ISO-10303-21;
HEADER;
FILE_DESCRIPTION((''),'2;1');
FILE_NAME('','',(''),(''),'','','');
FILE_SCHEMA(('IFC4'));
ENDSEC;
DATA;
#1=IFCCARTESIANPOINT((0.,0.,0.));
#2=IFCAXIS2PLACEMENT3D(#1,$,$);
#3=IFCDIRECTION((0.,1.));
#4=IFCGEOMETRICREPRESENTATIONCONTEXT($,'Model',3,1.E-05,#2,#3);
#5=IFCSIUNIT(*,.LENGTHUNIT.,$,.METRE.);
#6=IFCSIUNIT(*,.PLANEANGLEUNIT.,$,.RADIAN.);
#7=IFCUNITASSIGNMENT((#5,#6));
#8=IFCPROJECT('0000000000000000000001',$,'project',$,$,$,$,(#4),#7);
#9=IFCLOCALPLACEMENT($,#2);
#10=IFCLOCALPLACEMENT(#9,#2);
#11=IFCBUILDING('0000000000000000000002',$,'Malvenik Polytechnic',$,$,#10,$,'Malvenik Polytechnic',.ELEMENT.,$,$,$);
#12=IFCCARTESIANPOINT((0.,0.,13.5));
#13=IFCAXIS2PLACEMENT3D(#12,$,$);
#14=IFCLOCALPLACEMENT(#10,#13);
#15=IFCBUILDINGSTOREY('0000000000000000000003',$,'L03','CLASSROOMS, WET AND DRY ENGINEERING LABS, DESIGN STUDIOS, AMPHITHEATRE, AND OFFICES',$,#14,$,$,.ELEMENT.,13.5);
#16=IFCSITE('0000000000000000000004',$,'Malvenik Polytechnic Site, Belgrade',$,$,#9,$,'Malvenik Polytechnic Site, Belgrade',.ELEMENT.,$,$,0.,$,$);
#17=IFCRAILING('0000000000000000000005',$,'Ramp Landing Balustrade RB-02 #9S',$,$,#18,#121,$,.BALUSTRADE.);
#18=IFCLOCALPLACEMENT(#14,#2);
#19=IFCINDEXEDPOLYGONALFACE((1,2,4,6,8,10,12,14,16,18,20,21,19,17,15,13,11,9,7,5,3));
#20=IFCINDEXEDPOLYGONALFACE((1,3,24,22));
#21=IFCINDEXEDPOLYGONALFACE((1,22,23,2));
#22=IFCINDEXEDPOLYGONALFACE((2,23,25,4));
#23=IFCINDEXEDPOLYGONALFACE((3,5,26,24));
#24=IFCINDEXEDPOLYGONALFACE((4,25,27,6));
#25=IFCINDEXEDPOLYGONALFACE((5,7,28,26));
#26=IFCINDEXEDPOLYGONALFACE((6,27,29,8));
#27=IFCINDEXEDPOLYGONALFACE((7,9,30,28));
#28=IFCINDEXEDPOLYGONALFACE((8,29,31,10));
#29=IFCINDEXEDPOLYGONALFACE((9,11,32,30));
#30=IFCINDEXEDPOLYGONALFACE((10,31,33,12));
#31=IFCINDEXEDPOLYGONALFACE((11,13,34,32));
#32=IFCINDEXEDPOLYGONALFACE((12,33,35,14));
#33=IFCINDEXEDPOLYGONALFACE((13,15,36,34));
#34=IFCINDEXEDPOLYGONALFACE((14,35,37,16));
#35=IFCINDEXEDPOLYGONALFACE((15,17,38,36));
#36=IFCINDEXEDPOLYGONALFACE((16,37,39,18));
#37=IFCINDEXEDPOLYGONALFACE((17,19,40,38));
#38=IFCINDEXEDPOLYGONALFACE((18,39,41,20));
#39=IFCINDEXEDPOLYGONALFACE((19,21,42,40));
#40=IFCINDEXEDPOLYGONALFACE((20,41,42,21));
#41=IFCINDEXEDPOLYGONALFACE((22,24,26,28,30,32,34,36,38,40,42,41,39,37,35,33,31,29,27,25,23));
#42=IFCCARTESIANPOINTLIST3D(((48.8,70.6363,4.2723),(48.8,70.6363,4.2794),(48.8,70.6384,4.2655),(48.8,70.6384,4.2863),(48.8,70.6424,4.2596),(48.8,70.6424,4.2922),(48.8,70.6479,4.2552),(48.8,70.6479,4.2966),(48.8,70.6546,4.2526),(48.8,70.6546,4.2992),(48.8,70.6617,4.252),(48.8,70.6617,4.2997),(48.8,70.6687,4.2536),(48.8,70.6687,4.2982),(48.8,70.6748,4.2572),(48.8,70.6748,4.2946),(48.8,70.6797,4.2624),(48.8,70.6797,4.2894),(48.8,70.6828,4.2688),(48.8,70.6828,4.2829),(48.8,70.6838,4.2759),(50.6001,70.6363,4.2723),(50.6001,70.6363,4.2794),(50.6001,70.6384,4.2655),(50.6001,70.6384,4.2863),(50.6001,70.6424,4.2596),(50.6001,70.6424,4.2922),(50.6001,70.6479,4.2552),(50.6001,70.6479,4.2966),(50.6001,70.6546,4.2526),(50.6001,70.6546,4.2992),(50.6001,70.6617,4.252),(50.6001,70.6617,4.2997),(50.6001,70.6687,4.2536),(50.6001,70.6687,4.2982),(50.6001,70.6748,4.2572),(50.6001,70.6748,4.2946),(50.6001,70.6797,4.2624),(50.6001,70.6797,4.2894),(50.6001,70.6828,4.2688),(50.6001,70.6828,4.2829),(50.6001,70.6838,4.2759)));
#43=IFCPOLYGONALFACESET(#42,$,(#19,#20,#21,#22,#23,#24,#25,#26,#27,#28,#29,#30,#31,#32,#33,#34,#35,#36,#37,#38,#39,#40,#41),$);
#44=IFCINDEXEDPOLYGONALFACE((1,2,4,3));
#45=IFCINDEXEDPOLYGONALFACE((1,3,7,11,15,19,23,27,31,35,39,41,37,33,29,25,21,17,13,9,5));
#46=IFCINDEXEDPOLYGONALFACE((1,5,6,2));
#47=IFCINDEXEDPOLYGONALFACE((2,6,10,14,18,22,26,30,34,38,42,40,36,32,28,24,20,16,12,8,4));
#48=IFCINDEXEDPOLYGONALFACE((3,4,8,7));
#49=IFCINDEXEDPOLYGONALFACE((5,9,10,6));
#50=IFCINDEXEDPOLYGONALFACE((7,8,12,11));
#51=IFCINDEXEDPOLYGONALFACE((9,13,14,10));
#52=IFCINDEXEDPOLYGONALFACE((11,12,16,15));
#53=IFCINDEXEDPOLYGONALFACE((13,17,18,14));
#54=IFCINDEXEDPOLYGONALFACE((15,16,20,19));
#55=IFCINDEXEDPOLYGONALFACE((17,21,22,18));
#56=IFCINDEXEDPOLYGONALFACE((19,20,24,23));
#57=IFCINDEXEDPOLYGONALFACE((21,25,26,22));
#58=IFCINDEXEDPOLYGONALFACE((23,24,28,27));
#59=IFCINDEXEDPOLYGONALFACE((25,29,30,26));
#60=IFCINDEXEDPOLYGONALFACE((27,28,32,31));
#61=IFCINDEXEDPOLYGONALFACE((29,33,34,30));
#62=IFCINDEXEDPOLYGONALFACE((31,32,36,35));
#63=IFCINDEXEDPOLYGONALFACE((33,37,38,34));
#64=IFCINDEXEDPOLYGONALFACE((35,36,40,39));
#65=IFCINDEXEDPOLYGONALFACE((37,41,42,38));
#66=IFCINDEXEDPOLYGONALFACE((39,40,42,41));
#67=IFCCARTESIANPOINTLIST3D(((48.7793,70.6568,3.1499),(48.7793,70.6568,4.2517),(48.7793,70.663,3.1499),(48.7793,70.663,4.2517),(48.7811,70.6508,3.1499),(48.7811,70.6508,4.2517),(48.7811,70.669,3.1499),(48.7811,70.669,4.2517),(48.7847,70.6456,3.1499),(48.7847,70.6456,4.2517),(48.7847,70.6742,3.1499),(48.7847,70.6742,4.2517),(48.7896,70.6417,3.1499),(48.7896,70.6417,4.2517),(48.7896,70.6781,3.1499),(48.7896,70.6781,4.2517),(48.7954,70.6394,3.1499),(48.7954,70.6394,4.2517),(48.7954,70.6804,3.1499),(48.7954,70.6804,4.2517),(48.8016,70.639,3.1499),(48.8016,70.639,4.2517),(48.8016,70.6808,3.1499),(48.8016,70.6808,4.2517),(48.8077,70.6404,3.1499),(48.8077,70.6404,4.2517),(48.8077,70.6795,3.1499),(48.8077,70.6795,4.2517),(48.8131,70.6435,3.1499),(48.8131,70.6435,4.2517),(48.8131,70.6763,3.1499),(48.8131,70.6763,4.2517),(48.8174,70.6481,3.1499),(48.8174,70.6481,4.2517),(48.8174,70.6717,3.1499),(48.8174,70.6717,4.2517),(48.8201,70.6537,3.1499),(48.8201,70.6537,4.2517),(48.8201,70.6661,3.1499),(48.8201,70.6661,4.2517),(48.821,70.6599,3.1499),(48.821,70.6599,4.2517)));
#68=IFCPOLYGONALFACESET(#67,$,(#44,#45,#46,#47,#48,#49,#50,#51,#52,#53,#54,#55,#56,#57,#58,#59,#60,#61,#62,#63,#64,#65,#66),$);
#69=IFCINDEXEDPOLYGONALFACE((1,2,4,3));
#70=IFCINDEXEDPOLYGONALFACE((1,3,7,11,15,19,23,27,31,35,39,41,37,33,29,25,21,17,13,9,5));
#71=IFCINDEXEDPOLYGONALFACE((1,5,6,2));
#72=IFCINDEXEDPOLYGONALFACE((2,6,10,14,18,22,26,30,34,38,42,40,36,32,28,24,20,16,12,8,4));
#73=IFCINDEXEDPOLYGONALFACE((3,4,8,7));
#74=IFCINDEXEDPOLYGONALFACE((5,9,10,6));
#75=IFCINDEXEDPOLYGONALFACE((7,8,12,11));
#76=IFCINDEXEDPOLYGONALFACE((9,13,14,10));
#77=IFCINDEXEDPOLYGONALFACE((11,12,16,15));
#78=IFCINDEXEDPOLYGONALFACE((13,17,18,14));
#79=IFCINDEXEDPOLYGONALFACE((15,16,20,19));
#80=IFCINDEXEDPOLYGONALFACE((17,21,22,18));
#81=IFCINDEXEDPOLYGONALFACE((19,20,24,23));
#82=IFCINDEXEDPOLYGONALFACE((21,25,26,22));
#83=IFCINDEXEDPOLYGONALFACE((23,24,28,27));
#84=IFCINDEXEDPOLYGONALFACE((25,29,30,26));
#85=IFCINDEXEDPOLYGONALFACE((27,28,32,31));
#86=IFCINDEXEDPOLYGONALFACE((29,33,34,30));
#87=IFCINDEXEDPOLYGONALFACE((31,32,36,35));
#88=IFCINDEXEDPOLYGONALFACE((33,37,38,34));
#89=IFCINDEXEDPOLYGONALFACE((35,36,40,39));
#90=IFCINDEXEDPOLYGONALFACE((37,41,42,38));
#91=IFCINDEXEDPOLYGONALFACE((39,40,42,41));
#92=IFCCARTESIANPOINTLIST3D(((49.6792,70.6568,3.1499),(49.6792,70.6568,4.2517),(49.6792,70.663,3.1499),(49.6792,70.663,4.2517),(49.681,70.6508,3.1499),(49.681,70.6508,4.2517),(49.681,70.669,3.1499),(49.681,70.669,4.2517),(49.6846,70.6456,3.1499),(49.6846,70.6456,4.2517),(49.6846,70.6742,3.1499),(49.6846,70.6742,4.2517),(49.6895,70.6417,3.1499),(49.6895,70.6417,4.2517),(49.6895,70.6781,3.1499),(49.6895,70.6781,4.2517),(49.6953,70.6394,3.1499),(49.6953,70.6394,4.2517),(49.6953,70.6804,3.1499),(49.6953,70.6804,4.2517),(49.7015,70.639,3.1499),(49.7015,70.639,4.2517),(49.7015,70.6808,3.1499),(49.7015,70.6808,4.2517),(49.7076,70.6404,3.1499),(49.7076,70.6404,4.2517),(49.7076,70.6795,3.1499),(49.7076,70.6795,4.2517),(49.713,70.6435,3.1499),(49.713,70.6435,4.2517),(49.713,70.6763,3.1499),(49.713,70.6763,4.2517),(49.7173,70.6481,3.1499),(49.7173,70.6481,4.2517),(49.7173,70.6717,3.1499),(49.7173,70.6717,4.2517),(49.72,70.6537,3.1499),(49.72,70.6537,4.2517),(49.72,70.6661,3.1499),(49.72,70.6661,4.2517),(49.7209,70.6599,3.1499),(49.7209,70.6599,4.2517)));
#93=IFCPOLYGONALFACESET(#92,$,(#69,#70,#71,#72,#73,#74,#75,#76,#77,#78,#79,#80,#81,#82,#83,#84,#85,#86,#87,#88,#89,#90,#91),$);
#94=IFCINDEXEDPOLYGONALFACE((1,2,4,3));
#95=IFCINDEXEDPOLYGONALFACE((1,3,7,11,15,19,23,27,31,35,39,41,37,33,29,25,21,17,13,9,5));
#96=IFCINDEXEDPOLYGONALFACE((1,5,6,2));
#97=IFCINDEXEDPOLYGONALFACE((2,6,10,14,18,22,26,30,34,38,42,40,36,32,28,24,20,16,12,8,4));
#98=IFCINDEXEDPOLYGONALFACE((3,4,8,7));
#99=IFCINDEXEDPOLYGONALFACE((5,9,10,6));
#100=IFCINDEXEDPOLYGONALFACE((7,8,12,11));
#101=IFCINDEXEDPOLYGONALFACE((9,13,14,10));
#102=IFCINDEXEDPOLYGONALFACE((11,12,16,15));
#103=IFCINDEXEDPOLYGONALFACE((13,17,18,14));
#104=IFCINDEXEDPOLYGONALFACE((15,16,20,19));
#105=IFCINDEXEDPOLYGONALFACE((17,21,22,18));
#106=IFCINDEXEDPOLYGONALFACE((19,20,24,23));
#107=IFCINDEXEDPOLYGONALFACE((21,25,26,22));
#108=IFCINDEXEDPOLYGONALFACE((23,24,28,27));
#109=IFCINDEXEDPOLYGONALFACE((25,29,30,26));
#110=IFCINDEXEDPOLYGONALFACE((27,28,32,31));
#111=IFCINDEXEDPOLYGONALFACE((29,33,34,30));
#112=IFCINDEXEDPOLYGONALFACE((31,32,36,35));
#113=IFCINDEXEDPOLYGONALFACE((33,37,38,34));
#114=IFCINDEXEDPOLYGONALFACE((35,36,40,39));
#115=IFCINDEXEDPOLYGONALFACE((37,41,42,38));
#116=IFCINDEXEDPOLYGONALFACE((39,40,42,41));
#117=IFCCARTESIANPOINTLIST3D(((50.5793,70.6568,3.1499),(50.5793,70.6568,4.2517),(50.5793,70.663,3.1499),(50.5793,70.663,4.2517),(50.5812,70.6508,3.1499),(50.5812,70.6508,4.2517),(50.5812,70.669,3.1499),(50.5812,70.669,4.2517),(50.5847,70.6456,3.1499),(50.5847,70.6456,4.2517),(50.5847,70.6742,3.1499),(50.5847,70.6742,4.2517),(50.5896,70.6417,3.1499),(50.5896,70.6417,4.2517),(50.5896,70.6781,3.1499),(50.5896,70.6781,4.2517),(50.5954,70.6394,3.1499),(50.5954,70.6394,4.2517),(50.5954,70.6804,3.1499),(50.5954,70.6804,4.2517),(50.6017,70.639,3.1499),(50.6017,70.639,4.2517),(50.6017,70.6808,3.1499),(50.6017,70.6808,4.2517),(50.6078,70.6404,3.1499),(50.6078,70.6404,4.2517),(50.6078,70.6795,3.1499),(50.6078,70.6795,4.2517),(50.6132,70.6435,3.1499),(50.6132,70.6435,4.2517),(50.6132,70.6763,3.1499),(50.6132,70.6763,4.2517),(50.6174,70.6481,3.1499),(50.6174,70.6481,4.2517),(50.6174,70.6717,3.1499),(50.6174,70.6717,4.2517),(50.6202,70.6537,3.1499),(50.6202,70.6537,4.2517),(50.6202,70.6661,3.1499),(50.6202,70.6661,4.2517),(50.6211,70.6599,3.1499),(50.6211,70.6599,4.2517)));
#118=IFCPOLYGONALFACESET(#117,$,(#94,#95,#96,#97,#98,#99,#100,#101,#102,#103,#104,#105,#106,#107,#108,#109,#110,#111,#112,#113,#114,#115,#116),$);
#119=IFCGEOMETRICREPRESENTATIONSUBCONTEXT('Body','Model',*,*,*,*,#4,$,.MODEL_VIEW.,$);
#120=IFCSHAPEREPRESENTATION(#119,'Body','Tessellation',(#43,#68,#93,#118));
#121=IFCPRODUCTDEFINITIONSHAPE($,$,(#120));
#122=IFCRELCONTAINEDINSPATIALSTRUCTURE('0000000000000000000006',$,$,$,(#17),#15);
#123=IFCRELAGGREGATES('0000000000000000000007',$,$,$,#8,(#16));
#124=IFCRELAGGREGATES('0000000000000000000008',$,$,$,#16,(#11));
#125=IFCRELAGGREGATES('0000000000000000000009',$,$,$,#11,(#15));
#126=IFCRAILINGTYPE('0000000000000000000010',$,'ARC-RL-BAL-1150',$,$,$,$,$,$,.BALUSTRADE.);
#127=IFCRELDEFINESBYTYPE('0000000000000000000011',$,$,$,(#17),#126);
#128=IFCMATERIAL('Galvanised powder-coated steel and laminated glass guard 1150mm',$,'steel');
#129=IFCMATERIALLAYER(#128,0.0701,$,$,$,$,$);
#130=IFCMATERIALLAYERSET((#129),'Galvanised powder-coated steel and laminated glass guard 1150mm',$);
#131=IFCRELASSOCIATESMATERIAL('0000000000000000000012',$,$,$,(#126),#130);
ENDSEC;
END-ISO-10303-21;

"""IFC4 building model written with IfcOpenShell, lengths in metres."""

from ifc_helpers import new_model, si_unit, direction, frame, origin, origin_2d, place, context, subcontext, project, spatial, circle, extrude, material, layer, layer_set, type_object, element, save


model = new_model("IFC4")

# Units and contexts
model_context = context("Model", 3, precision=1e-05, world=origin(), true_north=direction((0.0, 1.0)))
body_context = subcontext(model_context, "Body", "Model", "MODEL_VIEW")
ifc_project = project(units=[si_unit("LENGTHUNIT", "METRE"), si_unit("PLANEANGLEUNIT", "RADIAN")], contexts=[model_context])

# Site, building, storey
site_placement = place(None, origin())
site = spatial("IfcSite", under=ifc_project, at=site_placement, Name="Malvenik Polytechnic Site, Belgrade", LongName="Malvenik Polytechnic Site, Belgrade", CompositionType="ELEMENT", RefElevation=0.0)
building_placement = place(site_placement, origin())
building = spatial("IfcBuilding", under=site, at=building_placement, Name="Malvenik Polytechnic", LongName="Malvenik Polytechnic", CompositionType="ELEMENT")
storey_placement = place(building_placement, frame((0.0, 0.0, 13.5)))
storey = spatial("IfcBuildingStorey", under=building, at=storey_placement, Name="L03", Description="CLASSROOMS, WET AND DRY ENGINEERING LABS, DESIGN STUDIOS, AMPHITHEATRE, AND OFFICES", CompositionType="ELEMENT", Elevation=13.5)

# Railing
ifc_material_1 = material(Name="Galvanised powder-coated steel and laminated glass guard 1150mm", Category="steel")
ifc_layer_1 = layer(ifc_material_1, 0.0701)
ifc_layer_set_1 = layer_set([ifc_layer_1], Name="Galvanised powder-coated steel and laminated glass guard 1150mm")
railing_type_1 = type_object("IfcRailingType", Name="ARC-RL-BAL-1150", PredefinedType="BALUSTRADE", material=ifc_layer_set_1)
railing_1_placement = place(storey_placement, frame((48.8, 70.6599, 3.1499)))
element("IfcRailing", 1, at=railing_1_placement, inside=storey, type_object=railing_type_1, Name="Ramp Landing Balustrade RB-02 #9S", PredefinedType="BALUSTRADE", context=body_context, shape_type="SweptSolid", body=[
    extrude(circle(Radius=0.0239, at=origin_2d()), frame((0.0, 0.0, 1.126), z_axis=(1.0, 0.0, 0.0), x_axis=(0.0, 1.0, 0.0)), (0.0, 0.0, 1.0), 1.8),
    extrude(circle(Radius=0.021, at=origin_2d()), origin(), (0.0, 0.0, 1.0), 1.1018),
    extrude(circle(Radius=0.021, at=origin_2d()), frame((0.8999, 0.0, 0.0)), (0.0, 0.0, 1.0), 1.1018),
    extrude(circle(Radius=0.021, at=origin_2d()), frame((1.8, 0.0, 0.0)), (0.0, 0.0, 1.0), 1.1018),
])

save(model, "model.ifc")
